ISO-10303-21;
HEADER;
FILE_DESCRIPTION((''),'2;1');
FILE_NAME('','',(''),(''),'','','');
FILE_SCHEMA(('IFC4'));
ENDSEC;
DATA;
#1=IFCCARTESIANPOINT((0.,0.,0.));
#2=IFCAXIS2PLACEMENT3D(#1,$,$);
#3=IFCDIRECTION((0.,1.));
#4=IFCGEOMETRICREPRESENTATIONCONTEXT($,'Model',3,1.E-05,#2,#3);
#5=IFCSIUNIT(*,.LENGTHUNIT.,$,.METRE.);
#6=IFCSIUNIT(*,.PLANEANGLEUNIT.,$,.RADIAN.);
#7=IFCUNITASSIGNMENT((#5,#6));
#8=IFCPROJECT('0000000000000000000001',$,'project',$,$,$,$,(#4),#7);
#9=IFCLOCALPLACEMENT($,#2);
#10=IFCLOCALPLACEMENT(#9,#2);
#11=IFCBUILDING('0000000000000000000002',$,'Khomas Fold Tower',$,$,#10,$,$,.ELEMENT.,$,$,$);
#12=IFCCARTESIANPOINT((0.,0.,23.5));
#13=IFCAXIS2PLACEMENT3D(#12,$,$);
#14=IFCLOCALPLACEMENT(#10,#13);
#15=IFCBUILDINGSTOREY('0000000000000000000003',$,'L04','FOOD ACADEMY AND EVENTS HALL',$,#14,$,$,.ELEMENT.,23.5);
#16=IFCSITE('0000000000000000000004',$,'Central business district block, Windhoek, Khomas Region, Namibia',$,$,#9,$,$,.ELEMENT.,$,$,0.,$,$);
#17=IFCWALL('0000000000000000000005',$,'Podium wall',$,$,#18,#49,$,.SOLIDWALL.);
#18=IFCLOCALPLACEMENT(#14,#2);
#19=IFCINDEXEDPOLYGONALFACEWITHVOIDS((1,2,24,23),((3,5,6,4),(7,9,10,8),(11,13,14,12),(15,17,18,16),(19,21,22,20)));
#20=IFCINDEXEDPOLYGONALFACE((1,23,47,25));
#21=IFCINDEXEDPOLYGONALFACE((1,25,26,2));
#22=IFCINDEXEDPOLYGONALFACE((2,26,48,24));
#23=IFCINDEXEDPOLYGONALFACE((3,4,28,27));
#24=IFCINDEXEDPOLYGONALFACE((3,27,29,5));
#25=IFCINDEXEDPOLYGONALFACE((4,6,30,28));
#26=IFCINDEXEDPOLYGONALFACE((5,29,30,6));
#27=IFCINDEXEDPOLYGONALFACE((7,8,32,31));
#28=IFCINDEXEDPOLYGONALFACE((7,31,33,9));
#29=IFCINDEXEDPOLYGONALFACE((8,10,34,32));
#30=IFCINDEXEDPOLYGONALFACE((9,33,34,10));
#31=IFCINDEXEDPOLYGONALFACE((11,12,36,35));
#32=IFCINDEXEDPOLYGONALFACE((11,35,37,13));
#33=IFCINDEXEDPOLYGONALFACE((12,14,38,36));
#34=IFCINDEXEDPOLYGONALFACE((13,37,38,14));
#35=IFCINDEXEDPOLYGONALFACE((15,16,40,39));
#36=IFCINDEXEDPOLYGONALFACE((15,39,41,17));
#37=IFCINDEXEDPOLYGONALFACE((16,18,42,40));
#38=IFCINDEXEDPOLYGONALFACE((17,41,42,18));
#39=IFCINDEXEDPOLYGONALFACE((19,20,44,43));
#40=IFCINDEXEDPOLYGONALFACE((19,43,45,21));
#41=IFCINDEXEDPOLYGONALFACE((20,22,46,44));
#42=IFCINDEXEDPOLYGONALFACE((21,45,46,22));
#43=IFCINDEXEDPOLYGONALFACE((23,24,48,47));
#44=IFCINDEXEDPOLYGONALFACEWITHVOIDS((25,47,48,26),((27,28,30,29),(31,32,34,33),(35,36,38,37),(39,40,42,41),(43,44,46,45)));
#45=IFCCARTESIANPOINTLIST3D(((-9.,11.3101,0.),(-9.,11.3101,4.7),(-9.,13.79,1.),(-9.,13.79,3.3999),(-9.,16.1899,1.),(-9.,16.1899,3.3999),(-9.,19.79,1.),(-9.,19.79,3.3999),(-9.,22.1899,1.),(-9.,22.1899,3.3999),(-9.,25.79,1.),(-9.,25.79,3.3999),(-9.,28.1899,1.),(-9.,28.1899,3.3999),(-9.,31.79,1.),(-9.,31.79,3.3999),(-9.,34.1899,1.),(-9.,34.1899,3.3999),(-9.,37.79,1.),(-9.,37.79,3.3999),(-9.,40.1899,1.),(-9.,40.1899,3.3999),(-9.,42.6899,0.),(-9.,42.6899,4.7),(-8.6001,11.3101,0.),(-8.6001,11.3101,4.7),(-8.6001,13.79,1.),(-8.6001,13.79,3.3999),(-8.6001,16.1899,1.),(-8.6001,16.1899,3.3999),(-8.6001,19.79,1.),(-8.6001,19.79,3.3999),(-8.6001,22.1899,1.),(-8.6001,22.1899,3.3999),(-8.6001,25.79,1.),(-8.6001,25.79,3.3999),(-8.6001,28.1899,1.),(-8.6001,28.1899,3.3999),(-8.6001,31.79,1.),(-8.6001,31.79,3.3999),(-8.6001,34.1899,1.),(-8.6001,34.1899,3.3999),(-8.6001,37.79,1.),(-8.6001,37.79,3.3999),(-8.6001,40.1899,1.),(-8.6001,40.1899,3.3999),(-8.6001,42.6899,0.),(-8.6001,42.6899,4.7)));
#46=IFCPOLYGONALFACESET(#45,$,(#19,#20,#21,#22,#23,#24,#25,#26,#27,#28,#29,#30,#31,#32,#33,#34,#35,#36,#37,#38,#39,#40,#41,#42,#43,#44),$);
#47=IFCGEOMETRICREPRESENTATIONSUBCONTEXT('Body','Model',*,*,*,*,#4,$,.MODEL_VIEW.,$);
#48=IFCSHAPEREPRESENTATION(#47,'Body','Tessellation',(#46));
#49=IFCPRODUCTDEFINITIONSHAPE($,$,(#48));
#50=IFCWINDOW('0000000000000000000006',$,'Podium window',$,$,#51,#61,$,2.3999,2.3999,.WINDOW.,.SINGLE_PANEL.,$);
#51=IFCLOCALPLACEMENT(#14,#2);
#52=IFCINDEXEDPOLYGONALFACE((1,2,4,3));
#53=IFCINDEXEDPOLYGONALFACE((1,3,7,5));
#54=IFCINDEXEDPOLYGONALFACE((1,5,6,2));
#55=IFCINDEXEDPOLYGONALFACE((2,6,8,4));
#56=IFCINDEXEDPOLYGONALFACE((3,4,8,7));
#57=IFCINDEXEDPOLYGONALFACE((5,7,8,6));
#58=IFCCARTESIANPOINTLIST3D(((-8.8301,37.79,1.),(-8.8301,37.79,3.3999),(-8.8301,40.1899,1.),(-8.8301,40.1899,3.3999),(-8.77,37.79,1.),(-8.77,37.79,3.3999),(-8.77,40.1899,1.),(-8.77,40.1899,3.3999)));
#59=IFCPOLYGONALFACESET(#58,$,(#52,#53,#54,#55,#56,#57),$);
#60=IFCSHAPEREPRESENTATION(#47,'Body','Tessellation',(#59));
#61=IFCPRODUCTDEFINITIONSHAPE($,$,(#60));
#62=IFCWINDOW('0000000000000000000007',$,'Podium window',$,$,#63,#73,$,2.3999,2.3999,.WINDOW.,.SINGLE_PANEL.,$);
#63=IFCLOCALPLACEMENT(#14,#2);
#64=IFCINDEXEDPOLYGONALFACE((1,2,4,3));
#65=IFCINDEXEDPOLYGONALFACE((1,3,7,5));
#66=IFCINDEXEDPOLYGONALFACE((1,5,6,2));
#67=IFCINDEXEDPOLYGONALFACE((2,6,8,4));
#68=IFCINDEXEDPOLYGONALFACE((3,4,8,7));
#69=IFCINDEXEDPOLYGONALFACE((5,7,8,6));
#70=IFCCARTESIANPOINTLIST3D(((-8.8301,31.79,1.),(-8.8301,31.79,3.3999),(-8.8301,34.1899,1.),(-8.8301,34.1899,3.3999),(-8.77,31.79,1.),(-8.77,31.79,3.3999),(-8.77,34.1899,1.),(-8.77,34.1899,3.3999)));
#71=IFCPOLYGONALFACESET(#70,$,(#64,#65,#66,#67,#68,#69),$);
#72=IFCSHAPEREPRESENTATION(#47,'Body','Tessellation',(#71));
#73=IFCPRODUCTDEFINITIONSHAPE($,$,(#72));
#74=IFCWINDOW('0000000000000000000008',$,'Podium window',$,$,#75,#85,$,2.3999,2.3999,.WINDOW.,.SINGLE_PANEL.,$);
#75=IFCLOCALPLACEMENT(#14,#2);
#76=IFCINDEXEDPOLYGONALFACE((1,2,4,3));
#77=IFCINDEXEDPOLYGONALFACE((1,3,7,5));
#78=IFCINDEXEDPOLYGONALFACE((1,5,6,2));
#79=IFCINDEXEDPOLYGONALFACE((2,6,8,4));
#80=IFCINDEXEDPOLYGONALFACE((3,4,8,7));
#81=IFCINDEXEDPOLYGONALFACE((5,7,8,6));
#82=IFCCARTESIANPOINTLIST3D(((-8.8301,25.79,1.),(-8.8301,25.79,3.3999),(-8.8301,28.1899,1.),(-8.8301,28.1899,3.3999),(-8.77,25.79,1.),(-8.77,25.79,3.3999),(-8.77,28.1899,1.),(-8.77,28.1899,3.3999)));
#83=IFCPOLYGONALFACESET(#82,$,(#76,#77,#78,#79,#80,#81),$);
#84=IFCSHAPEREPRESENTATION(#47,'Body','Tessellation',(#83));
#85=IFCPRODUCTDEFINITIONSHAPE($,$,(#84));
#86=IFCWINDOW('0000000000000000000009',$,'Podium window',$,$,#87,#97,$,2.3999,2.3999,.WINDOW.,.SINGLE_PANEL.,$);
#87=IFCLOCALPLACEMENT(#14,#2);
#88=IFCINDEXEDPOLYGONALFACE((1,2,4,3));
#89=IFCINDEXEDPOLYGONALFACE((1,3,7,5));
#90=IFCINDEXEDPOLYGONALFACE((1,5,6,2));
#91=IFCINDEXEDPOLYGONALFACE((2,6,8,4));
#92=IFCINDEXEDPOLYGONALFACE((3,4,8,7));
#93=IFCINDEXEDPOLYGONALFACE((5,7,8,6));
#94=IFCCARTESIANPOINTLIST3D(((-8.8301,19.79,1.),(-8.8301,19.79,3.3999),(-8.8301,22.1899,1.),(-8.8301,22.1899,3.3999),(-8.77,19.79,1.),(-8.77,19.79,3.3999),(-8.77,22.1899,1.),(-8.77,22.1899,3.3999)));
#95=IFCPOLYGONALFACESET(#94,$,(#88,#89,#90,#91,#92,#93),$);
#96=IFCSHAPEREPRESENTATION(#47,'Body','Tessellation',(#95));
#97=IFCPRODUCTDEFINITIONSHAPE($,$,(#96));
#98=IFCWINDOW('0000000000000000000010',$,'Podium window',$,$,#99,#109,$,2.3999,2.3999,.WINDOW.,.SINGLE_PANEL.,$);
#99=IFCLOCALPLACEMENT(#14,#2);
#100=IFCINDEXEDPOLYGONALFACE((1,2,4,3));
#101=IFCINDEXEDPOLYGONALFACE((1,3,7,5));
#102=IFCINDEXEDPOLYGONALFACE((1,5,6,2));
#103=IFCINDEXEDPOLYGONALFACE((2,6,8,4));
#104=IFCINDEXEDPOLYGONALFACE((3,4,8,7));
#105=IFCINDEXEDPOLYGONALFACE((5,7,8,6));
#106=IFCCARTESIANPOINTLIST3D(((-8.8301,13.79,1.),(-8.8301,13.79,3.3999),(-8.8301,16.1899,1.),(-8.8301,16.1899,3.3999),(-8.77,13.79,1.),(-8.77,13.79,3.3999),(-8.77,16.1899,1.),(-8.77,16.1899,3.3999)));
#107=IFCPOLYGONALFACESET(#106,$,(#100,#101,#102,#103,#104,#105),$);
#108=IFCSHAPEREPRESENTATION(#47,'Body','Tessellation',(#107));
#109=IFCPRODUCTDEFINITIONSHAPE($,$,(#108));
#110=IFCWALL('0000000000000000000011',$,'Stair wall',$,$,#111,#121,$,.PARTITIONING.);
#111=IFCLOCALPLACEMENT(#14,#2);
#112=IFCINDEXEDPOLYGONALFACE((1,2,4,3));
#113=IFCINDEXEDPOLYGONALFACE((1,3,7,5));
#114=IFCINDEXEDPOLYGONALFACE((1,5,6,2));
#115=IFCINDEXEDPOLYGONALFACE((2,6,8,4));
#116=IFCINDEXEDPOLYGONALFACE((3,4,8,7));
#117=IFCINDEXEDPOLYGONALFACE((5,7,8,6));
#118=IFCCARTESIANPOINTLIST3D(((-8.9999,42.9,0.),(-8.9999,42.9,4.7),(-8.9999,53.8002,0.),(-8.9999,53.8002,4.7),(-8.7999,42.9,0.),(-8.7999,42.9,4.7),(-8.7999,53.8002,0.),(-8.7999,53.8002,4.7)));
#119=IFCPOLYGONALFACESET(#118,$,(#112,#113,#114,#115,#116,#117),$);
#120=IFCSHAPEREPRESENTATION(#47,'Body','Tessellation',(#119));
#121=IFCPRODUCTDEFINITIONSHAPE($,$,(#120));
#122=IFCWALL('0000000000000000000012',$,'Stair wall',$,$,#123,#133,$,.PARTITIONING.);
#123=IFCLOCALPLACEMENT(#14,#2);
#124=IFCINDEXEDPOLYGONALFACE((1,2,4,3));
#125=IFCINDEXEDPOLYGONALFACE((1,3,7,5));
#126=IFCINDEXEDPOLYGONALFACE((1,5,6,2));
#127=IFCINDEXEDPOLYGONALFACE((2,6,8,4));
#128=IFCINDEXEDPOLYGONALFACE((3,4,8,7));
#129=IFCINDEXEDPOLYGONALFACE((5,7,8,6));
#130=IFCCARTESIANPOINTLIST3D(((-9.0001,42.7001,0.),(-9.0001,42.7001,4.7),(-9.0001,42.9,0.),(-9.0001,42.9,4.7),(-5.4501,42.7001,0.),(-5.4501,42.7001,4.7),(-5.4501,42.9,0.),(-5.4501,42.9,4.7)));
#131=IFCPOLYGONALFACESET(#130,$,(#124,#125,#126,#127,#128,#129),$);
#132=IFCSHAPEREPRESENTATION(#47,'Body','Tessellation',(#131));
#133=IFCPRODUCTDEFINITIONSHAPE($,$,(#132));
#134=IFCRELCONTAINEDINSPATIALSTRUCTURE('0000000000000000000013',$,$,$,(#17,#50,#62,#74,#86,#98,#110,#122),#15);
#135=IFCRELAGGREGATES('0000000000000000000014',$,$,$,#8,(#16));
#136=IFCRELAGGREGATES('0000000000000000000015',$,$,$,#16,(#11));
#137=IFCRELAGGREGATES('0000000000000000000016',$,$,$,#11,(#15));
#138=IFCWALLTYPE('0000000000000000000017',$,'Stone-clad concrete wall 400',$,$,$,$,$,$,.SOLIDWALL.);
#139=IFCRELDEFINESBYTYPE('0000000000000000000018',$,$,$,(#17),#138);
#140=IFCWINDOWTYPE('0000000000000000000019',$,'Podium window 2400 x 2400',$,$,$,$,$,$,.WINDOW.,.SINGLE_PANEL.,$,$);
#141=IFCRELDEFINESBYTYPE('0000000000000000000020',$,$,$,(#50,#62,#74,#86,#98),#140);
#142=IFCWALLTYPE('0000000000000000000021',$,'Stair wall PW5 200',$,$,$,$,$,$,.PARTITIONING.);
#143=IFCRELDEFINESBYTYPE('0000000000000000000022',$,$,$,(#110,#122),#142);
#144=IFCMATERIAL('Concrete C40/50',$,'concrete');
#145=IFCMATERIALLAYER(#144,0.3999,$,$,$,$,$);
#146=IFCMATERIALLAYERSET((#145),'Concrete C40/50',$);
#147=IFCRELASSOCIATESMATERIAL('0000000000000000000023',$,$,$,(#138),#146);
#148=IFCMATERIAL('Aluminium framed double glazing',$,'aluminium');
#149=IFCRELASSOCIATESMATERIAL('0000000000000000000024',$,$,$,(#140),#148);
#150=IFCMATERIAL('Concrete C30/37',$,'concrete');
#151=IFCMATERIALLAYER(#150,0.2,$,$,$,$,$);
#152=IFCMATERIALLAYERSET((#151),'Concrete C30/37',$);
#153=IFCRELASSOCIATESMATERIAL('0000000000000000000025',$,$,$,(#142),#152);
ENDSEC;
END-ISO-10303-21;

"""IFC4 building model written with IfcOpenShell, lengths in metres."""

from ifc_helpers import new_model, si_unit, direction, frame, frame_2d, origin, place, context, subcontext, project, spatial, rectangle, extrude, source, transform, mapped, material, layer, layer_set, type_object, element, fill, save


model = new_model("IFC4")

# Units and contexts
model_context = context("Model", 3, precision=1e-05, world=origin(), true_north=direction((0.0, 1.0)))
body_context = subcontext(model_context, "Body", "Model", "MODEL_VIEW")
ifc_project = project(units=[si_unit("LENGTHUNIT", "METRE"), si_unit("PLANEANGLEUNIT", "RADIAN")], contexts=[model_context])

# Site, building, storey
site_placement = place(None, origin())
site = spatial("IfcSite", under=ifc_project, at=site_placement, Name="Central business district block, Windhoek, Khomas Region, Namibia", CompositionType="ELEMENT", RefElevation=0.0)
building_placement = place(site_placement, origin())
building = spatial("IfcBuilding", under=site, at=building_placement, Name="Khomas Fold Tower", CompositionType="ELEMENT")
storey_placement = place(building_placement, frame((0.0, 0.0, 23.5)))
storey = spatial("IfcBuildingStorey", under=building, at=storey_placement, Name="L04", Description="FOOD ACADEMY AND EVENTS HALL", CompositionType="ELEMENT", Elevation=23.5)

# Wall, openings, windows
ifc_material_1 = material(Name="Concrete C40/50", Category="concrete")
ifc_layer_1 = layer(ifc_material_1, 0.3999)
ifc_layer_set_1 = layer_set([ifc_layer_1], Name="Concrete C40/50")
wall_type_1 = type_object("IfcWallType", Name="Stone-clad concrete wall 400", PredefinedType="SOLIDWALL", material=ifc_layer_set_1)
shared_shape_1 = source(origin(), body_context, "Body", "SweptSolid", [
    extrude(rectangle(XDim=31.3799, YDim=0.3999, at=frame_2d((15.6899, 0.0))), origin(), (0.0, 0.0, 1.0), 4.7),
])
wall_1_placement = place(storey_placement, frame((-8.8, 42.6899, 0.0), z_axis=(0.0, 0.0, 1.0), x_axis=(0.0, -1.0, 0.0)))
wall_1 = element("IfcWall", 1, at=wall_1_placement, inside=storey, type_object=wall_type_1, Name="Podium wall", PredefinedType="SOLIDWALL", context=body_context, shape_type="MappedRepresentation", body=[
    mapped(shared_shape_1, transform((0.0, 0.0, 0.0))),
])
shared_shape_2 = source(origin(), body_context, "Body", "SweptSolid", [
    extrude(rectangle(XDim=2.3999, YDim=2.3999, at=frame_2d((1.2, 1.2))), frame((0.0, 0.21, 0.0), z_axis=(0.0, -1.0, 0.0), x_axis=(1.0, 0.0, 0.0)), (0.0, 0.0, 1.0), 0.4199),
])
opening_1_placement = place(wall_1_placement, frame((2.5, 0.0, 1.0)))
opening_1 = element("IfcOpeningElement", 2, at=opening_1_placement, cuts=wall_1, PredefinedType="OPENING", context=body_context, shape_type="MappedRepresentation", body=[
    mapped(shared_shape_2, transform((0.0, 0.0, 0.0))),
])
opening_2_placement = place(wall_1_placement, frame((8.5, 0.0, 1.0)))
opening_2 = element("IfcOpeningElement", 3, at=opening_2_placement, cuts=wall_1, PredefinedType="OPENING", context=body_context, shape_type="MappedRepresentation", body=[
    mapped(shared_shape_2, transform((0.0, 0.0, 0.0))),
])
opening_3_placement = place(wall_1_placement, frame((14.5, 0.0, 1.0)))
opening_3 = element("IfcOpeningElement", 4, at=opening_3_placement, cuts=wall_1, PredefinedType="OPENING", context=body_context, shape_type="MappedRepresentation", body=[
    mapped(shared_shape_2, transform((0.0, 0.0, 0.0))),
])
opening_4_placement = place(wall_1_placement, frame((20.5, 0.0, 1.0)))
opening_4 = element("IfcOpeningElement", 5, at=opening_4_placement, cuts=wall_1, PredefinedType="OPENING", context=body_context, shape_type="MappedRepresentation", body=[
    mapped(shared_shape_2, transform((0.0, 0.0, 0.0))),
])
opening_5_placement = place(wall_1_placement, frame((26.5, 0.0, 1.0)))
opening_5 = element("IfcOpeningElement", 6, at=opening_5_placement, cuts=wall_1, PredefinedType="OPENING", context=body_context, shape_type="MappedRepresentation", body=[
    mapped(shared_shape_2, transform((0.0, 0.0, 0.0))),
])
ifc_material_2 = material(Name="Aluminium framed double glazing", Category="aluminium")
window_type = type_object("IfcWindowType", Name="Podium window 2400 x 2400", PartitioningType="SINGLE_PANEL", PredefinedType="WINDOW", material=ifc_material_2)
shared_shape_3 = source(origin(), body_context, "Body", "SweptSolid", [
    extrude(rectangle(XDim=2.3999, YDim=2.3999, at=frame_2d((1.2, 1.2))), frame((0.0, 0.03, 0.0), z_axis=(0.0, -1.0, 0.0), x_axis=(1.0, 0.0, 0.0)), (0.0, 0.0, 1.0), 0.0601),
])
window_1_placement = place(opening_1_placement, origin())
window_1 = element("IfcWindow", 7, at=window_1_placement, inside=storey, type_object=window_type, Name="Podium window", OverallHeight=2.3999, OverallWidth=2.3999, PartitioningType="SINGLE_PANEL", PredefinedType="WINDOW", context=body_context, shape_type="MappedRepresentation", body=[
    mapped(shared_shape_3, transform((0.0, 0.0, 0.0))),
])
fill(opening_1, window_1)
window_2_placement = place(opening_2_placement, origin())
window_2 = element("IfcWindow", 8, at=window_2_placement, inside=storey, type_object=window_type, Name="Podium window", OverallHeight=2.3999, OverallWidth=2.3999, PartitioningType="SINGLE_PANEL", PredefinedType="WINDOW", context=body_context, shape_type="MappedRepresentation", body=[
    mapped(shared_shape_3, transform((0.0, 0.0, 0.0))),
])
fill(opening_2, window_2)
window_3_placement = place(opening_3_placement, origin())
window_3 = element("IfcWindow", 9, at=window_3_placement, inside=storey, type_object=window_type, Name="Podium window", OverallHeight=2.3999, OverallWidth=2.3999, PartitioningType="SINGLE_PANEL", PredefinedType="WINDOW", context=body_context, shape_type="MappedRepresentation", body=[
    mapped(shared_shape_3, transform((0.0, 0.0, 0.0))),
])
fill(opening_3, window_3)
window_4_placement = place(opening_4_placement, origin())
window_4 = element("IfcWindow", 10, at=window_4_placement, inside=storey, type_object=window_type, Name="Podium window", OverallHeight=2.3999, OverallWidth=2.3999, PartitioningType="SINGLE_PANEL", PredefinedType="WINDOW", context=body_context, shape_type="MappedRepresentation", body=[
    mapped(shared_shape_3, transform((0.0, 0.0, 0.0))),
])
fill(opening_4, window_4)
window_5_placement = place(opening_5_placement, origin())
window_5 = element("IfcWindow", 11, at=window_5_placement, inside=storey, type_object=window_type, Name="Podium window", OverallHeight=2.3999, OverallWidth=2.3999, PartitioningType="SINGLE_PANEL", PredefinedType="WINDOW", context=body_context, shape_type="MappedRepresentation", body=[
    mapped(shared_shape_3, transform((0.0, 0.0, 0.0))),
])
fill(opening_5, window_5)

# Walls
ifc_material_3 = material(Name="Concrete C30/37", Category="concrete")
ifc_layer_2 = layer(ifc_material_3, 0.2)
ifc_layer_set_2 = layer_set([ifc_layer_2], Name="Concrete C30/37")
wall_type_2 = type_object("IfcWallType", Name="Stair wall PW5 200", PredefinedType="PARTITIONING", material=ifc_layer_set_2)
shared_shape_4 = source(origin(), body_context, "Body", "SweptSolid", [
    extrude(rectangle(XDim=10.9001, YDim=0.2, at=frame_2d((5.4502, 0.0))), origin(), (0.0, 0.0, 1.0), 4.7),
])
wall_2_placement = place(storey_placement, frame((-8.8999, 42.8999, 0.0), z_axis=(0.0, 0.0, 1.0), x_axis=(0.0, 1.0, 0.0)))
element("IfcWall", 12, at=wall_2_placement, inside=storey, type_object=wall_type_2, Name="Stair wall", PredefinedType="PARTITIONING", context=body_context, shape_type="MappedRepresentation", body=[
    mapped(shared_shape_4, transform((0.0, 0.0, 0.0))),
])
shared_shape_5 = source(origin(), body_context, "Body", "SweptSolid", [
    extrude(rectangle(XDim=3.55, YDim=0.2, at=frame_2d((1.7749, 0.0))), origin(), (0.0, 0.0, 1.0), 4.7),
])
wall_3_placement = place(storey_placement, frame((-9.0, 42.8, 0.0), z_axis=(0.0, 0.0, 1.0), x_axis=(1.0, 0.0, 0.0)))
element("IfcWall", 13, at=wall_3_placement, inside=storey, type_object=wall_type_2, Name="Stair wall", PredefinedType="PARTITIONING", context=body_context, shape_type="MappedRepresentation", body=[
    mapped(shared_shape_5, transform((0.0, 0.0, 0.0))),
])

save(model, "model.ifc")
